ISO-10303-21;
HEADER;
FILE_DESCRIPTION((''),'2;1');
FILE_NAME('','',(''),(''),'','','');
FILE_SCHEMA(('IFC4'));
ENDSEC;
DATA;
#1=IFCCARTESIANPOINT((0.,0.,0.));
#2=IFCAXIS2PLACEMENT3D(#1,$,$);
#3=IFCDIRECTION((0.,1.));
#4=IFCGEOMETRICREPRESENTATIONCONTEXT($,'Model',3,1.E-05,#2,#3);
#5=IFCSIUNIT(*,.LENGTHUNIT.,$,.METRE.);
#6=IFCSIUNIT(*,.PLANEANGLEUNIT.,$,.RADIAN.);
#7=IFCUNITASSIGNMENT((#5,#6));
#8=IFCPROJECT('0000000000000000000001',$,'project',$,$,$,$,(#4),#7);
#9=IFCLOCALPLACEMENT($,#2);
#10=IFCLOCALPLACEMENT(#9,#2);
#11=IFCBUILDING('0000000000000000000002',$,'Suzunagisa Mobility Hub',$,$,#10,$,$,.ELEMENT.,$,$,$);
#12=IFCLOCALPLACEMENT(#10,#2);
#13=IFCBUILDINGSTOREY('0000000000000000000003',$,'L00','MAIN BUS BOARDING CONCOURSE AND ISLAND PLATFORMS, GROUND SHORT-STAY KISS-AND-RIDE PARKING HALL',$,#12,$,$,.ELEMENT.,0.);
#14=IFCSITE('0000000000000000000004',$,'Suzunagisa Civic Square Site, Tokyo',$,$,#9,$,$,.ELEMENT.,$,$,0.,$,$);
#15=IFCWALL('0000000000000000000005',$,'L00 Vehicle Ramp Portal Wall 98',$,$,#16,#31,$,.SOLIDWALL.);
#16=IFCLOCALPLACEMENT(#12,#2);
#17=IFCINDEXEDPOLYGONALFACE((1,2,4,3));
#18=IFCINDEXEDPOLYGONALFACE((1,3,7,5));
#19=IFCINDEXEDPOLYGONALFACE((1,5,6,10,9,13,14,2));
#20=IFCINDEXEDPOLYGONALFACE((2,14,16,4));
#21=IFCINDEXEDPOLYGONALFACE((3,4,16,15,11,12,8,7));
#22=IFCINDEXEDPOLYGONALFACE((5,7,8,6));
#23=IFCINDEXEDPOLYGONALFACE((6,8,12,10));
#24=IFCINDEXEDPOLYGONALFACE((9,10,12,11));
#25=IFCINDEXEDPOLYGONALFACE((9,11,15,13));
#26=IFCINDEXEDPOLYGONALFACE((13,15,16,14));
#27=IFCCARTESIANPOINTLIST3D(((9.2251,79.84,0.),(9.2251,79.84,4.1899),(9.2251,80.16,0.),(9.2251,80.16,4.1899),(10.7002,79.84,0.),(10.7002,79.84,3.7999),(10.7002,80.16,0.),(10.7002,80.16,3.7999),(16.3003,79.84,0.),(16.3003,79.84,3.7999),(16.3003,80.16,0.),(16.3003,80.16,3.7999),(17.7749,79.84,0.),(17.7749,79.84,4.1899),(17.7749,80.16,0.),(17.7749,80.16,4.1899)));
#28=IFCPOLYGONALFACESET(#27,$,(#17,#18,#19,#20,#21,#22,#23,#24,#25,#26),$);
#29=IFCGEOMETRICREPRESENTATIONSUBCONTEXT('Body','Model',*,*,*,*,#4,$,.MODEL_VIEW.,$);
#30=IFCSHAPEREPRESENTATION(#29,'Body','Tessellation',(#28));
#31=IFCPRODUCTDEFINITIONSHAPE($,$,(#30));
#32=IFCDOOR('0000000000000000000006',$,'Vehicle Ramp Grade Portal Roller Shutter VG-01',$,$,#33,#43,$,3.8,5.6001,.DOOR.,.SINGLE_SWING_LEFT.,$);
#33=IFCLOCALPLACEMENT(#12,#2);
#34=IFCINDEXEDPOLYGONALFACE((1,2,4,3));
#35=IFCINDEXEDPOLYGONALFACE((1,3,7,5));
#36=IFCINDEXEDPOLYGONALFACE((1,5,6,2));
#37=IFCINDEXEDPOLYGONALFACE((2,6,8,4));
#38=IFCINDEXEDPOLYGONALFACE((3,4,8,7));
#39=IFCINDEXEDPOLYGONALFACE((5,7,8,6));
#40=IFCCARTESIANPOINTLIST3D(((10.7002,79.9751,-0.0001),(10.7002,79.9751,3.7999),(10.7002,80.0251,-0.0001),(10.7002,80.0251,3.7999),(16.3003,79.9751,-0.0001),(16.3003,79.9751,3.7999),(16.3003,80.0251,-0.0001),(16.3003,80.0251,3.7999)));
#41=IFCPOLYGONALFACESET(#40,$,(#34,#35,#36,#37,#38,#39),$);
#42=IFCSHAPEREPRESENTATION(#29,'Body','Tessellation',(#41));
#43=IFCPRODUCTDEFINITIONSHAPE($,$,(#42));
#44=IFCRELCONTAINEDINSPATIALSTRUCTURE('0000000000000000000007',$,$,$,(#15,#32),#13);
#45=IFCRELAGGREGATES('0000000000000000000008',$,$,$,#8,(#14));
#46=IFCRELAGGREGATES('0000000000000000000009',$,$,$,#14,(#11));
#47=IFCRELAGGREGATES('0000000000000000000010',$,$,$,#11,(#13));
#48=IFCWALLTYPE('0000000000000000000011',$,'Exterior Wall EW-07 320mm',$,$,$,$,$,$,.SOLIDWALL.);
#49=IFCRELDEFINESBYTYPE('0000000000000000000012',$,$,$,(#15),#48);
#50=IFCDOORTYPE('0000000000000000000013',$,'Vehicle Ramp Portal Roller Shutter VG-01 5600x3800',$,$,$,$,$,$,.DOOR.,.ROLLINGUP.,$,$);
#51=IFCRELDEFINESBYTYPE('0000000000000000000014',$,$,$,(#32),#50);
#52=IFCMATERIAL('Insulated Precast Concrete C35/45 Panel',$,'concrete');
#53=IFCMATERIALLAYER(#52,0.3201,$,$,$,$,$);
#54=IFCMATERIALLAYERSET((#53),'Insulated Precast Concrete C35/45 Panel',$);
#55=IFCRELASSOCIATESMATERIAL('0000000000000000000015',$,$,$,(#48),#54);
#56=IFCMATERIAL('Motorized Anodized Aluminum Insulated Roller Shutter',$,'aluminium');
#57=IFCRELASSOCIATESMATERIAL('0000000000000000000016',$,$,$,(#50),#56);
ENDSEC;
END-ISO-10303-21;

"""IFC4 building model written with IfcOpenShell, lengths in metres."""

from ifc_helpers import new_model, si_unit, direction, frame, frame_2d, origin, place, context, subcontext, project, spatial, rectangle, extrude, material, layer, layer_set, type_object, element, fill, save


model = new_model("IFC4")

# Units and contexts
model_context = context("Model", 3, precision=1e-05, world=origin(), true_north=direction((0.0, 1.0)))
body_context = subcontext(model_context, "Body", "Model", "MODEL_VIEW")
ifc_project = project(units=[si_unit("LENGTHUNIT", "METRE"), si_unit("PLANEANGLEUNIT", "RADIAN")], contexts=[model_context])

# Site, building, storey
site_placement = place(None, origin())
site = spatial("IfcSite", under=ifc_project, at=site_placement, Name="Suzunagisa Civic Square Site, Tokyo", CompositionType="ELEMENT", RefElevation=0.0)
building_placement = place(site_placement, origin())
building = spatial("IfcBuilding", under=site, at=building_placement, Name="Suzunagisa Mobility Hub", CompositionType="ELEMENT")
storey_placement = place(building_placement, origin())
storey = spatial("IfcBuildingStorey", under=building, at=storey_placement, Name="L00", Description="MAIN BUS BOARDING CONCOURSE AND ISLAND PLATFORMS, GROUND SHORT-STAY KISS-AND-RIDE PARKING HALL", CompositionType="ELEMENT", Elevation=0.0)

# Wall, opening, door
ifc_material_1 = material(Name="Insulated Precast Concrete C35/45 Panel", Category="concrete")
ifc_layer_1 = layer(ifc_material_1, 0.3201)
ifc_layer_set_1 = layer_set([ifc_layer_1], Name="Insulated Precast Concrete C35/45 Panel")
wall_type = type_object("IfcWallType", Name="Exterior Wall EW-07 320mm", PredefinedType="SOLIDWALL", material=ifc_layer_set_1)
wall_placement = place(storey_placement, frame((9.2251, 80.0, 0.0), z_axis=(0.0, 0.0, 1.0), x_axis=(1.0, 0.0, 0.0)))
wall = element("IfcWall", 1, at=wall_placement, inside=storey, type_object=wall_type, Name="L00 Vehicle Ramp Portal Wall 98", PredefinedType="SOLIDWALL", context=body_context, shape_type="SweptSolid", body=[
    extrude(rectangle(XDim=8.5498, YDim=0.3201, at=frame_2d((4.2749, 0.0))), origin(), (0.0, 0.0, 1.0), 4.1899),
])
opening_placement = place(wall_placement, frame((7.0752, 0.0, 0.0), z_axis=(0.0, 0.0, 1.0), x_axis=(-1.0, 0.0, 0.0)))
opening = element("IfcOpeningElement", 2, at=opening_placement, cuts=wall, PredefinedType="OPENING", context=body_context, shape_type="SweptSolid", body=[
    extrude(rectangle(XDim=5.6001, YDim=3.8, at=frame_2d((2.8, 1.8999))), frame((0.0, 0.1709, 0.0), z_axis=(0.0, -1.0, 0.0), x_axis=(1.0, 0.0, 0.0)), (0.0, 0.0, 1.0), 0.342),
])
ifc_material_2 = material(Name="Motorized Anodized Aluminum Insulated Roller Shutter", Category="aluminium")
door_type = type_object("IfcDoorType", Name="Vehicle Ramp Portal Roller Shutter VG-01 5600x3800", OperationType="ROLLINGUP", PredefinedType="DOOR", material=ifc_material_2)
door_placement = place(opening_placement, origin())
door = element("IfcDoor", 3, at=door_placement, inside=storey, type_object=door_type, Name="Vehicle Ramp Grade Portal Roller Shutter VG-01", OperationType="SINGLE_SWING_LEFT", OverallHeight=3.8, OverallWidth=5.6001, PredefinedType="DOOR", context=body_context, shape_type="SweptSolid", body=[
    extrude(rectangle(XDim=5.6001, YDim=3.8, at=frame_2d((2.8, 1.8999))), frame((0.0, 0.0249, 0.0), z_axis=(0.0, -1.0, 0.0), x_axis=(1.0, 0.0, 0.0)), (0.0, 0.0, 1.0), 0.05),
])
fill(opening, door)

save(model, "model.ifc")
